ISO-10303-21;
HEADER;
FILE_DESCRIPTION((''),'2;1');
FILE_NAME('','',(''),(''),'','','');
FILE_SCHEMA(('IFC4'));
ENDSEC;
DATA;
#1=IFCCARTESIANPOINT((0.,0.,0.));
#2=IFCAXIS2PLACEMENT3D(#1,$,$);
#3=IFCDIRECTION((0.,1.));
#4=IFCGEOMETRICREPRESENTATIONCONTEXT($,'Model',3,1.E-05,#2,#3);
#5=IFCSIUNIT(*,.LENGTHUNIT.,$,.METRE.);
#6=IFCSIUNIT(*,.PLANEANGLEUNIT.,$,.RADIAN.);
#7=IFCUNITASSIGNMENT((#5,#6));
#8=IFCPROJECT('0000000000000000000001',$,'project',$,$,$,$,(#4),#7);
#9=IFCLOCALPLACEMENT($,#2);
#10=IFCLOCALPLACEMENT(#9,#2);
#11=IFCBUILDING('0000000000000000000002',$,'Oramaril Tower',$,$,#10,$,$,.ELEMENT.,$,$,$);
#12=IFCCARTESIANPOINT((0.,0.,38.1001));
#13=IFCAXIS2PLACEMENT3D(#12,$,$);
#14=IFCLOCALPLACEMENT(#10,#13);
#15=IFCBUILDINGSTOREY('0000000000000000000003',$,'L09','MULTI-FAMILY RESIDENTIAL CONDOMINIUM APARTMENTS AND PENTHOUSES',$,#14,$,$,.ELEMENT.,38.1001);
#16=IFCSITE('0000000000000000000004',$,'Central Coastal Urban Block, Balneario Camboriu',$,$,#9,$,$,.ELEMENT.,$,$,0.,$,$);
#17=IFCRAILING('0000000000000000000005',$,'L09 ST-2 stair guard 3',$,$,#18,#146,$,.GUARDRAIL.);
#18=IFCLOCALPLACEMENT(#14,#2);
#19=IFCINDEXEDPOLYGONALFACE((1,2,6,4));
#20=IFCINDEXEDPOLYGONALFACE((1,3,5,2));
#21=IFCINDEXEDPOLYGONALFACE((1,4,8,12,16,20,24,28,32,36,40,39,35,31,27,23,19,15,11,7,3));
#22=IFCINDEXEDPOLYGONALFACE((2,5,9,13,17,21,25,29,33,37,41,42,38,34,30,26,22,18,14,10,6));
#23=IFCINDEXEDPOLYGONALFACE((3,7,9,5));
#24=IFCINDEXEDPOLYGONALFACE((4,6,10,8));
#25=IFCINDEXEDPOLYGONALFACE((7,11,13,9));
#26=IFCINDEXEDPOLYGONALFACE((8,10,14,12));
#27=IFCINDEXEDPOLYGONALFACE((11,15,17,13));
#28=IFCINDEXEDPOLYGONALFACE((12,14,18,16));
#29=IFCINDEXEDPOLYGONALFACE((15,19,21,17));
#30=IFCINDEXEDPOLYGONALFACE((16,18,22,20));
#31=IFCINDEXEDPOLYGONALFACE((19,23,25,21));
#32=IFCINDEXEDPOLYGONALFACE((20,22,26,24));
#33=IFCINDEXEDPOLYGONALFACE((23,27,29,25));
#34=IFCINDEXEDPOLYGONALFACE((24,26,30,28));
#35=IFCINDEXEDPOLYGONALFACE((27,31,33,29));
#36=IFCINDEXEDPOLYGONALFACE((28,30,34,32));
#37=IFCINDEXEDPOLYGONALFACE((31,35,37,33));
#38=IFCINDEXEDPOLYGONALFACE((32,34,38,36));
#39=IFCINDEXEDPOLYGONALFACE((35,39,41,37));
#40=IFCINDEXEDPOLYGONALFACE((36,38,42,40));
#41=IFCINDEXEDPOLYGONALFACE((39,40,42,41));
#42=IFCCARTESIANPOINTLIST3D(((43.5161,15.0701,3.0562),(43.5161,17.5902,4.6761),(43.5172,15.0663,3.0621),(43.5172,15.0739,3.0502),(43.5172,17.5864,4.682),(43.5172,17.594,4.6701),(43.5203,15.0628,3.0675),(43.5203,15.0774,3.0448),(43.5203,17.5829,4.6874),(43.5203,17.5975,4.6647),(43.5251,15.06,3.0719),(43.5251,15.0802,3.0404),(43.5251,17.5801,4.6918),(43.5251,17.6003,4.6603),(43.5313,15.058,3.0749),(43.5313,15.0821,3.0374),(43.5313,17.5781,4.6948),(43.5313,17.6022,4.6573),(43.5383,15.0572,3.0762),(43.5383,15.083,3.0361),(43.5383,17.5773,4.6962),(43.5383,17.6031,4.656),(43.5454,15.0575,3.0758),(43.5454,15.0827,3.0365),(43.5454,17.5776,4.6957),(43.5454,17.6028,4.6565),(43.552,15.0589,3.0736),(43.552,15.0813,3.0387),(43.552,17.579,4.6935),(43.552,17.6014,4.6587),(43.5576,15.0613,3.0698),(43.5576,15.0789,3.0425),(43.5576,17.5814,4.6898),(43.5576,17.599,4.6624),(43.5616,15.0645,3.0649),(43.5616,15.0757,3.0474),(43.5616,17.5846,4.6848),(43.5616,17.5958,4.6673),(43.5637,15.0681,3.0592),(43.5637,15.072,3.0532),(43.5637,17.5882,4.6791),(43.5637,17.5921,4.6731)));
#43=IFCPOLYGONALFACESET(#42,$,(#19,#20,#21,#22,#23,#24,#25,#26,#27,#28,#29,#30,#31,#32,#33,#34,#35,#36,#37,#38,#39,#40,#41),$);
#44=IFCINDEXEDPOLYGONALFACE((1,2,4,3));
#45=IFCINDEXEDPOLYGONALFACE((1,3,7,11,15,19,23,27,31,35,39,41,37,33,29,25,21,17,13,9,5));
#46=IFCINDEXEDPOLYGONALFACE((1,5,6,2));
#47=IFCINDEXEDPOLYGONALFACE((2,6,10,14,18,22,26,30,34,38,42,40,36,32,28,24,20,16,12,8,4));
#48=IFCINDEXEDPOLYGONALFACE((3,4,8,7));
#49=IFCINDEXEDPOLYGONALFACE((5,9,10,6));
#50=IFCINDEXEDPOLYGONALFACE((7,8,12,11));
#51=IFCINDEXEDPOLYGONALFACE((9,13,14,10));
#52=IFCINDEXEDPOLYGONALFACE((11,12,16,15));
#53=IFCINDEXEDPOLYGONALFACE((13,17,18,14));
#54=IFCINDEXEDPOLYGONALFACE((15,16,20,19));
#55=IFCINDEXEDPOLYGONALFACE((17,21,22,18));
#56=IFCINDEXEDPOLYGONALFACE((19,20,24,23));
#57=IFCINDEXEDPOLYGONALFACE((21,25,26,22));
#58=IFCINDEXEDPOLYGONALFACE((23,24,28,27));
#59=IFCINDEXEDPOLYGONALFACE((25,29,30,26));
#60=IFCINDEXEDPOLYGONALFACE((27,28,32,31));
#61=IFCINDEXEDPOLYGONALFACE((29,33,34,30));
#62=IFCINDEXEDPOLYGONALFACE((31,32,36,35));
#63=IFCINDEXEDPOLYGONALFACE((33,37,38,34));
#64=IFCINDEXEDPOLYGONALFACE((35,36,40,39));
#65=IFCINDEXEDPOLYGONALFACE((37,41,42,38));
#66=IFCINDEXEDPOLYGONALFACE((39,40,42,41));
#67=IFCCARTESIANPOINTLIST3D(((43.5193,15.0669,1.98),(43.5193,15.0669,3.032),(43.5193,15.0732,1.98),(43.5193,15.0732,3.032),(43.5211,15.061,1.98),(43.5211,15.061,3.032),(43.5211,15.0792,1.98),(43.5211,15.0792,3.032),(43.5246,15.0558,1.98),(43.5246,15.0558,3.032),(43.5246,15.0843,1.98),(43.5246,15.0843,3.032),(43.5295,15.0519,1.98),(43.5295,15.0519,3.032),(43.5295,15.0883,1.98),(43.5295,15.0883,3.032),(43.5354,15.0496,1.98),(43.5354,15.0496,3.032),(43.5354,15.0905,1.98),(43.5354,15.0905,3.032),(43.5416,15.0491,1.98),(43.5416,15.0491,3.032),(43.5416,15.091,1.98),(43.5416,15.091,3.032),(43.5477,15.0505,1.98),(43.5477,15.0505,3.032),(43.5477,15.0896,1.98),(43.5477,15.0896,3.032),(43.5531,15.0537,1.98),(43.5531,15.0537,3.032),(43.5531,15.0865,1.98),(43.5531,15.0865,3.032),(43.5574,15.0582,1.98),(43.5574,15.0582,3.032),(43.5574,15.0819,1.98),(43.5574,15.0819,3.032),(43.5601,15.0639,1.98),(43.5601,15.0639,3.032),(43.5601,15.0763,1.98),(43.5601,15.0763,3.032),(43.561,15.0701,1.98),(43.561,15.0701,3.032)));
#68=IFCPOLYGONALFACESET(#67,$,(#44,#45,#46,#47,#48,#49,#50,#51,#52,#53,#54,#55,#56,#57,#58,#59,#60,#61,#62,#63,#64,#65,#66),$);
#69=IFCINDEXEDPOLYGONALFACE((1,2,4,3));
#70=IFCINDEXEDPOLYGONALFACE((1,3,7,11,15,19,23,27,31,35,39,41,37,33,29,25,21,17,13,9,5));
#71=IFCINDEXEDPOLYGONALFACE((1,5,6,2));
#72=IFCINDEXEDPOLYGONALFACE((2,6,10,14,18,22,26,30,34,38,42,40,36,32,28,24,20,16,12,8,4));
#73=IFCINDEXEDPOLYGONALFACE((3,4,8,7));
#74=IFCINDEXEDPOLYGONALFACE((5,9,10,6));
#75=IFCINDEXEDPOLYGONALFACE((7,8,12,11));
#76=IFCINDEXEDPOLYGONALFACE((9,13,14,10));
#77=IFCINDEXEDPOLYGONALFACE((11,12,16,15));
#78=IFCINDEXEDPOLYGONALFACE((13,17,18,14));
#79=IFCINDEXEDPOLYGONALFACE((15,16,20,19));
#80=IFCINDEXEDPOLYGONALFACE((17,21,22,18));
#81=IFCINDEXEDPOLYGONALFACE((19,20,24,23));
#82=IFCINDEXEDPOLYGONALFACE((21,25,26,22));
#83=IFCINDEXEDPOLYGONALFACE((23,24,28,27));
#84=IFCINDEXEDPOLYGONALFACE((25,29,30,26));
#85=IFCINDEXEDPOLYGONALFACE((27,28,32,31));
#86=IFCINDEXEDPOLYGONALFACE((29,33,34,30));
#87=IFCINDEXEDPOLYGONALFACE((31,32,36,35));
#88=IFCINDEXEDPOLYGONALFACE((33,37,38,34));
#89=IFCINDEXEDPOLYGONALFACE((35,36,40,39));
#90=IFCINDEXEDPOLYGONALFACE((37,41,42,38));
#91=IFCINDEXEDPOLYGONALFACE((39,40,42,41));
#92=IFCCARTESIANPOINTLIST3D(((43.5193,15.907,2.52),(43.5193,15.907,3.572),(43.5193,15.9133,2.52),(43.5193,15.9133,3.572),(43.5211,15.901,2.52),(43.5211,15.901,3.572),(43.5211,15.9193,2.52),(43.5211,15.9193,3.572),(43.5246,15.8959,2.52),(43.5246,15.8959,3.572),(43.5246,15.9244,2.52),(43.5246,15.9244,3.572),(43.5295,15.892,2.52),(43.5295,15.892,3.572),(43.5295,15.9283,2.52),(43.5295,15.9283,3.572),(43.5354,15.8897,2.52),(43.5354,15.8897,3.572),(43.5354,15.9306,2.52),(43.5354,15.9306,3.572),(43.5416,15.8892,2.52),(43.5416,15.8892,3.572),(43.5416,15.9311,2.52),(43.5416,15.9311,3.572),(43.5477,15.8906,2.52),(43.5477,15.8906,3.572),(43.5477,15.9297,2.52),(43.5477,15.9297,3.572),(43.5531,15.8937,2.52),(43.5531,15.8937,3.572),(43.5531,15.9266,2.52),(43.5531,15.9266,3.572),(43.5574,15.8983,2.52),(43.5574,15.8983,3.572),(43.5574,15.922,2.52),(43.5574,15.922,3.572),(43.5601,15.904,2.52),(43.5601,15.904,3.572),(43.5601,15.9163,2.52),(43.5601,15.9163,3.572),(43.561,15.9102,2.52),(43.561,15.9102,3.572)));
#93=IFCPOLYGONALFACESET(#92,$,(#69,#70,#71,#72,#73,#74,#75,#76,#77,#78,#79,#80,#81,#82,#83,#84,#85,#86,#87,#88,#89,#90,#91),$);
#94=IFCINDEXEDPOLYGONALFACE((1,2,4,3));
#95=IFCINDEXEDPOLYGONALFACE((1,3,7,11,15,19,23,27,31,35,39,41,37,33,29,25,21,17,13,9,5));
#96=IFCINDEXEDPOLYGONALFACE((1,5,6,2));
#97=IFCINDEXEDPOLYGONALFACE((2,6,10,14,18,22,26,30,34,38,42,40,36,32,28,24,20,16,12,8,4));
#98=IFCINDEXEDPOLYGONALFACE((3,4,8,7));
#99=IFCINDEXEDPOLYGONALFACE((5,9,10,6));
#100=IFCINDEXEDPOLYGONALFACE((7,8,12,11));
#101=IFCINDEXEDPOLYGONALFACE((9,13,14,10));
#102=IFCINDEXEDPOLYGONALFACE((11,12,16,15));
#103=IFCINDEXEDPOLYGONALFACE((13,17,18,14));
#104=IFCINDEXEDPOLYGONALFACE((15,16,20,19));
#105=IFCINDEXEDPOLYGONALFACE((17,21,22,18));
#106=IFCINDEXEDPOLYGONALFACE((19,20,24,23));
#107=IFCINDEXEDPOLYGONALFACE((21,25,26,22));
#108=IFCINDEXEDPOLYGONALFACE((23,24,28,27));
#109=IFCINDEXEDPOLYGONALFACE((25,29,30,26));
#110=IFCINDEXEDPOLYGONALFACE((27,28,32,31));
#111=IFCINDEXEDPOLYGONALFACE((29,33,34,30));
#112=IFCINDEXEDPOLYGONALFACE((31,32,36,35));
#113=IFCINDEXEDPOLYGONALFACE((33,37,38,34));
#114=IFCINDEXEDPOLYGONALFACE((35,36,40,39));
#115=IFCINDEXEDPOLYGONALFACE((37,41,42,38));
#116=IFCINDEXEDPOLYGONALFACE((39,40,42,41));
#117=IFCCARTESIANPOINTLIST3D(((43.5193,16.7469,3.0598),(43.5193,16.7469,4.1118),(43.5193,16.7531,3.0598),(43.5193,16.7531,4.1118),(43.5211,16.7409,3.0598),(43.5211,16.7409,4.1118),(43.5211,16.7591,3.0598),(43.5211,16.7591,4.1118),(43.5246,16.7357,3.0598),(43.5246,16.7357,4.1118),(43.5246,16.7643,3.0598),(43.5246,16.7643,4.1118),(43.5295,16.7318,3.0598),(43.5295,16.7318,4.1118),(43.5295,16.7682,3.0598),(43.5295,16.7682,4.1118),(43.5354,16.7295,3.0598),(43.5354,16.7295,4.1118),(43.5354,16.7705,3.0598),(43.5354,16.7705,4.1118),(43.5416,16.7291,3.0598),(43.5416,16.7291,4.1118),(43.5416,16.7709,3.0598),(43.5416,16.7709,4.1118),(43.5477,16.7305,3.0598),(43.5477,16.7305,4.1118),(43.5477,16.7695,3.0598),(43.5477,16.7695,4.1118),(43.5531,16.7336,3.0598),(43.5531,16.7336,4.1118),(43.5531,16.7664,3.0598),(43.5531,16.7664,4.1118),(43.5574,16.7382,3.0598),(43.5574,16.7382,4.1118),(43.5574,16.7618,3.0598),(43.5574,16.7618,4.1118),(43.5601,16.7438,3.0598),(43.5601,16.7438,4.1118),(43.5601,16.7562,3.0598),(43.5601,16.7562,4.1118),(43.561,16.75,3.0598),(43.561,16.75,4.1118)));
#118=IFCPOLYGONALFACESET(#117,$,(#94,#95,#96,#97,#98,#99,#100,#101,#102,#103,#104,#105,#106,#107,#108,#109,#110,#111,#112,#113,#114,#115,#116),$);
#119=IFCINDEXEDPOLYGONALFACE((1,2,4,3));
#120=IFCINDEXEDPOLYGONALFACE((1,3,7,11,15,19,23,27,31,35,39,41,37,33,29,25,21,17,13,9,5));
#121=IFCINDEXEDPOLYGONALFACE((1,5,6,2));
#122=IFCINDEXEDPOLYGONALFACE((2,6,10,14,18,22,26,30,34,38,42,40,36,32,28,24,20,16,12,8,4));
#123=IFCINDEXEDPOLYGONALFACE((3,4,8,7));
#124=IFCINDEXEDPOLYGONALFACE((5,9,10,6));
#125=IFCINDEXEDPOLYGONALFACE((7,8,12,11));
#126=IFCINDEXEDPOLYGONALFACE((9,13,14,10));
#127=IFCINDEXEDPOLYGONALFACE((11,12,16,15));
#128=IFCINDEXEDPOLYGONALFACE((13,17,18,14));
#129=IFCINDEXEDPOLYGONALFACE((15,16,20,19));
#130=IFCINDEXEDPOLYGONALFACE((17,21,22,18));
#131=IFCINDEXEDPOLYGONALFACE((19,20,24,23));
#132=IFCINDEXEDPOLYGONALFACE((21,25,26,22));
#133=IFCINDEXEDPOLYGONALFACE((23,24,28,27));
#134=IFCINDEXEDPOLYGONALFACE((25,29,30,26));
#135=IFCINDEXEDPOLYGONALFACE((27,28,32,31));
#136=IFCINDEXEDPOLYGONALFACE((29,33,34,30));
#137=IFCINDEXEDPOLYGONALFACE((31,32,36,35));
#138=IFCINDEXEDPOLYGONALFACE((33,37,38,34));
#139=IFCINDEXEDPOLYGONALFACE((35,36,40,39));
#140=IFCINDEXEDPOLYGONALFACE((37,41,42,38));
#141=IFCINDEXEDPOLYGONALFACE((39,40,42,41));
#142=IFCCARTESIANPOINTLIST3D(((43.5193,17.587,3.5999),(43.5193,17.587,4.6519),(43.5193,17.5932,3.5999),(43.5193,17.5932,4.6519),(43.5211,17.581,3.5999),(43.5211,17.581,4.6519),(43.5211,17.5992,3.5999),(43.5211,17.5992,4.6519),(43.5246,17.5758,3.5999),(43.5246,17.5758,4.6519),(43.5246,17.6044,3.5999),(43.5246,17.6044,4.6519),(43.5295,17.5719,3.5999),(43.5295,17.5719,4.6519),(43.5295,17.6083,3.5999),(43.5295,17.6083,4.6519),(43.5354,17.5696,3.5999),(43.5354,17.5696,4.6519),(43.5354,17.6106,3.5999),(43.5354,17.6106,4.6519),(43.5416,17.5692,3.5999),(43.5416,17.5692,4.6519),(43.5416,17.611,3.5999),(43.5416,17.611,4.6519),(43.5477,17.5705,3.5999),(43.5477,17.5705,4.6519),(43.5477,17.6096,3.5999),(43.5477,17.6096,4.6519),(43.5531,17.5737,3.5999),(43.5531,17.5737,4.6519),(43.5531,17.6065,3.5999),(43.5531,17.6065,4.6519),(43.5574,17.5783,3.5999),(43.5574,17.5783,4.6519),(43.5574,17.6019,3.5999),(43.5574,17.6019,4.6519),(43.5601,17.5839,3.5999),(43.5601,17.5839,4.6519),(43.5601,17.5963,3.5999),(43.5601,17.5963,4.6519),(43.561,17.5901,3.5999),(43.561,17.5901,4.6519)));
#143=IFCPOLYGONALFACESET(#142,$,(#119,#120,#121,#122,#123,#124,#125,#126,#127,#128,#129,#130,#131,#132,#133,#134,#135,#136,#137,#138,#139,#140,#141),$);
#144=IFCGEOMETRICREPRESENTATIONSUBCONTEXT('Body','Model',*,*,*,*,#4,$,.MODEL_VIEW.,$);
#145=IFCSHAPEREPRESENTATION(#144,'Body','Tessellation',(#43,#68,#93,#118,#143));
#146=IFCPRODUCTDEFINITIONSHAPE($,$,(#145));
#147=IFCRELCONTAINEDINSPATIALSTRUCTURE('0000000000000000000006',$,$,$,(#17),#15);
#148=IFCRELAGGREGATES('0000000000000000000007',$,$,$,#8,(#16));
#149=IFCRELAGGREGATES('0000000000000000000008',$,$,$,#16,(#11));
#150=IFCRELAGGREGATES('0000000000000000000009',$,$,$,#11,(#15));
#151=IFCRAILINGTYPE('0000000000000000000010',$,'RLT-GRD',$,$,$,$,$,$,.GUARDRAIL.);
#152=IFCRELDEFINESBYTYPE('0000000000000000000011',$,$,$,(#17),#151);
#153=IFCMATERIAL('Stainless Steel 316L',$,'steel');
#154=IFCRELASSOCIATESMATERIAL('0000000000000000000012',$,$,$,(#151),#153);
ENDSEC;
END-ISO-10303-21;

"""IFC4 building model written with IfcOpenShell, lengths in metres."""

from ifc_helpers import new_model, si_unit, direction, frame, origin, origin_2d, place, context, subcontext, project, spatial, circle, extrude, material, type_object, element, save


model = new_model("IFC4")

# Units and contexts
model_context = context("Model", 3, precision=1e-05, world=origin(), true_north=direction((0.0, 1.0)))
body_context = subcontext(model_context, "Body", "Model", "MODEL_VIEW")
ifc_project = project(units=[si_unit("LENGTHUNIT", "METRE"), si_unit("PLANEANGLEUNIT", "RADIAN")], contexts=[model_context])

# Site, building, storey
site_placement = place(None, origin())
site = spatial("IfcSite", under=ifc_project, at=site_placement, Name="Central Coastal Urban Block, Balneario Camboriu", CompositionType="ELEMENT", RefElevation=0.0)
building_placement = place(site_placement, origin())
building = spatial("IfcBuilding", under=site, at=building_placement, Name="Oramaril Tower", CompositionType="ELEMENT")
storey_placement = place(building_placement, frame((0.0, 0.0, 38.1001)))
storey = spatial("IfcBuildingStorey", under=building, at=storey_placement, Name="L09", Description="MULTI-FAMILY RESIDENTIAL CONDOMINIUM APARTMENTS AND PENTHOUSES", CompositionType="ELEMENT", Elevation=38.1001)

# Railing
ifc_material_1 = material(Name="Stainless Steel 316L", Category="steel")
railing_type_1 = type_object("IfcRailingType", Name="RLT-GRD", PredefinedType="GUARDRAIL", material=ifc_material_1)
railing_1_placement = place(storey_placement, frame((43.54, 15.0701, 1.98)))
element("IfcRailing", 1, at=railing_1_placement, inside=storey, type_object=railing_type_1, Name="L09 ST-2 stair guard 3", PredefinedType="GUARDRAIL", context=body_context, shape_type="SweptSolid", body=[
    extrude(circle(Radius=0.0239, at=origin_2d()), frame((0.0, 0.0, 1.0762), z_axis=(0.0, 0.8412, 0.540725), x_axis=(-1.0, 0.0, 0.0)), (0.0, 0.0, 1.0), 2.9958),
    extrude(circle(Radius=0.021, at=origin_2d()), origin(), (0.0, 0.0, 1.0), 1.052),
    extrude(circle(Radius=0.021, at=origin_2d()), frame((0.0, 0.8401, 0.54)), (0.0, 0.0, 1.0), 1.052),
    extrude(circle(Radius=0.021, at=origin_2d()), frame((0.0, 1.6799, 1.0798)), (0.0, 0.0, 1.0), 1.052),
    extrude(circle(Radius=0.021, at=origin_2d()), frame((0.0, 2.52, 1.6199)), (0.0, 0.0, 1.0), 1.052),
])

save(model, "model.ifc")
